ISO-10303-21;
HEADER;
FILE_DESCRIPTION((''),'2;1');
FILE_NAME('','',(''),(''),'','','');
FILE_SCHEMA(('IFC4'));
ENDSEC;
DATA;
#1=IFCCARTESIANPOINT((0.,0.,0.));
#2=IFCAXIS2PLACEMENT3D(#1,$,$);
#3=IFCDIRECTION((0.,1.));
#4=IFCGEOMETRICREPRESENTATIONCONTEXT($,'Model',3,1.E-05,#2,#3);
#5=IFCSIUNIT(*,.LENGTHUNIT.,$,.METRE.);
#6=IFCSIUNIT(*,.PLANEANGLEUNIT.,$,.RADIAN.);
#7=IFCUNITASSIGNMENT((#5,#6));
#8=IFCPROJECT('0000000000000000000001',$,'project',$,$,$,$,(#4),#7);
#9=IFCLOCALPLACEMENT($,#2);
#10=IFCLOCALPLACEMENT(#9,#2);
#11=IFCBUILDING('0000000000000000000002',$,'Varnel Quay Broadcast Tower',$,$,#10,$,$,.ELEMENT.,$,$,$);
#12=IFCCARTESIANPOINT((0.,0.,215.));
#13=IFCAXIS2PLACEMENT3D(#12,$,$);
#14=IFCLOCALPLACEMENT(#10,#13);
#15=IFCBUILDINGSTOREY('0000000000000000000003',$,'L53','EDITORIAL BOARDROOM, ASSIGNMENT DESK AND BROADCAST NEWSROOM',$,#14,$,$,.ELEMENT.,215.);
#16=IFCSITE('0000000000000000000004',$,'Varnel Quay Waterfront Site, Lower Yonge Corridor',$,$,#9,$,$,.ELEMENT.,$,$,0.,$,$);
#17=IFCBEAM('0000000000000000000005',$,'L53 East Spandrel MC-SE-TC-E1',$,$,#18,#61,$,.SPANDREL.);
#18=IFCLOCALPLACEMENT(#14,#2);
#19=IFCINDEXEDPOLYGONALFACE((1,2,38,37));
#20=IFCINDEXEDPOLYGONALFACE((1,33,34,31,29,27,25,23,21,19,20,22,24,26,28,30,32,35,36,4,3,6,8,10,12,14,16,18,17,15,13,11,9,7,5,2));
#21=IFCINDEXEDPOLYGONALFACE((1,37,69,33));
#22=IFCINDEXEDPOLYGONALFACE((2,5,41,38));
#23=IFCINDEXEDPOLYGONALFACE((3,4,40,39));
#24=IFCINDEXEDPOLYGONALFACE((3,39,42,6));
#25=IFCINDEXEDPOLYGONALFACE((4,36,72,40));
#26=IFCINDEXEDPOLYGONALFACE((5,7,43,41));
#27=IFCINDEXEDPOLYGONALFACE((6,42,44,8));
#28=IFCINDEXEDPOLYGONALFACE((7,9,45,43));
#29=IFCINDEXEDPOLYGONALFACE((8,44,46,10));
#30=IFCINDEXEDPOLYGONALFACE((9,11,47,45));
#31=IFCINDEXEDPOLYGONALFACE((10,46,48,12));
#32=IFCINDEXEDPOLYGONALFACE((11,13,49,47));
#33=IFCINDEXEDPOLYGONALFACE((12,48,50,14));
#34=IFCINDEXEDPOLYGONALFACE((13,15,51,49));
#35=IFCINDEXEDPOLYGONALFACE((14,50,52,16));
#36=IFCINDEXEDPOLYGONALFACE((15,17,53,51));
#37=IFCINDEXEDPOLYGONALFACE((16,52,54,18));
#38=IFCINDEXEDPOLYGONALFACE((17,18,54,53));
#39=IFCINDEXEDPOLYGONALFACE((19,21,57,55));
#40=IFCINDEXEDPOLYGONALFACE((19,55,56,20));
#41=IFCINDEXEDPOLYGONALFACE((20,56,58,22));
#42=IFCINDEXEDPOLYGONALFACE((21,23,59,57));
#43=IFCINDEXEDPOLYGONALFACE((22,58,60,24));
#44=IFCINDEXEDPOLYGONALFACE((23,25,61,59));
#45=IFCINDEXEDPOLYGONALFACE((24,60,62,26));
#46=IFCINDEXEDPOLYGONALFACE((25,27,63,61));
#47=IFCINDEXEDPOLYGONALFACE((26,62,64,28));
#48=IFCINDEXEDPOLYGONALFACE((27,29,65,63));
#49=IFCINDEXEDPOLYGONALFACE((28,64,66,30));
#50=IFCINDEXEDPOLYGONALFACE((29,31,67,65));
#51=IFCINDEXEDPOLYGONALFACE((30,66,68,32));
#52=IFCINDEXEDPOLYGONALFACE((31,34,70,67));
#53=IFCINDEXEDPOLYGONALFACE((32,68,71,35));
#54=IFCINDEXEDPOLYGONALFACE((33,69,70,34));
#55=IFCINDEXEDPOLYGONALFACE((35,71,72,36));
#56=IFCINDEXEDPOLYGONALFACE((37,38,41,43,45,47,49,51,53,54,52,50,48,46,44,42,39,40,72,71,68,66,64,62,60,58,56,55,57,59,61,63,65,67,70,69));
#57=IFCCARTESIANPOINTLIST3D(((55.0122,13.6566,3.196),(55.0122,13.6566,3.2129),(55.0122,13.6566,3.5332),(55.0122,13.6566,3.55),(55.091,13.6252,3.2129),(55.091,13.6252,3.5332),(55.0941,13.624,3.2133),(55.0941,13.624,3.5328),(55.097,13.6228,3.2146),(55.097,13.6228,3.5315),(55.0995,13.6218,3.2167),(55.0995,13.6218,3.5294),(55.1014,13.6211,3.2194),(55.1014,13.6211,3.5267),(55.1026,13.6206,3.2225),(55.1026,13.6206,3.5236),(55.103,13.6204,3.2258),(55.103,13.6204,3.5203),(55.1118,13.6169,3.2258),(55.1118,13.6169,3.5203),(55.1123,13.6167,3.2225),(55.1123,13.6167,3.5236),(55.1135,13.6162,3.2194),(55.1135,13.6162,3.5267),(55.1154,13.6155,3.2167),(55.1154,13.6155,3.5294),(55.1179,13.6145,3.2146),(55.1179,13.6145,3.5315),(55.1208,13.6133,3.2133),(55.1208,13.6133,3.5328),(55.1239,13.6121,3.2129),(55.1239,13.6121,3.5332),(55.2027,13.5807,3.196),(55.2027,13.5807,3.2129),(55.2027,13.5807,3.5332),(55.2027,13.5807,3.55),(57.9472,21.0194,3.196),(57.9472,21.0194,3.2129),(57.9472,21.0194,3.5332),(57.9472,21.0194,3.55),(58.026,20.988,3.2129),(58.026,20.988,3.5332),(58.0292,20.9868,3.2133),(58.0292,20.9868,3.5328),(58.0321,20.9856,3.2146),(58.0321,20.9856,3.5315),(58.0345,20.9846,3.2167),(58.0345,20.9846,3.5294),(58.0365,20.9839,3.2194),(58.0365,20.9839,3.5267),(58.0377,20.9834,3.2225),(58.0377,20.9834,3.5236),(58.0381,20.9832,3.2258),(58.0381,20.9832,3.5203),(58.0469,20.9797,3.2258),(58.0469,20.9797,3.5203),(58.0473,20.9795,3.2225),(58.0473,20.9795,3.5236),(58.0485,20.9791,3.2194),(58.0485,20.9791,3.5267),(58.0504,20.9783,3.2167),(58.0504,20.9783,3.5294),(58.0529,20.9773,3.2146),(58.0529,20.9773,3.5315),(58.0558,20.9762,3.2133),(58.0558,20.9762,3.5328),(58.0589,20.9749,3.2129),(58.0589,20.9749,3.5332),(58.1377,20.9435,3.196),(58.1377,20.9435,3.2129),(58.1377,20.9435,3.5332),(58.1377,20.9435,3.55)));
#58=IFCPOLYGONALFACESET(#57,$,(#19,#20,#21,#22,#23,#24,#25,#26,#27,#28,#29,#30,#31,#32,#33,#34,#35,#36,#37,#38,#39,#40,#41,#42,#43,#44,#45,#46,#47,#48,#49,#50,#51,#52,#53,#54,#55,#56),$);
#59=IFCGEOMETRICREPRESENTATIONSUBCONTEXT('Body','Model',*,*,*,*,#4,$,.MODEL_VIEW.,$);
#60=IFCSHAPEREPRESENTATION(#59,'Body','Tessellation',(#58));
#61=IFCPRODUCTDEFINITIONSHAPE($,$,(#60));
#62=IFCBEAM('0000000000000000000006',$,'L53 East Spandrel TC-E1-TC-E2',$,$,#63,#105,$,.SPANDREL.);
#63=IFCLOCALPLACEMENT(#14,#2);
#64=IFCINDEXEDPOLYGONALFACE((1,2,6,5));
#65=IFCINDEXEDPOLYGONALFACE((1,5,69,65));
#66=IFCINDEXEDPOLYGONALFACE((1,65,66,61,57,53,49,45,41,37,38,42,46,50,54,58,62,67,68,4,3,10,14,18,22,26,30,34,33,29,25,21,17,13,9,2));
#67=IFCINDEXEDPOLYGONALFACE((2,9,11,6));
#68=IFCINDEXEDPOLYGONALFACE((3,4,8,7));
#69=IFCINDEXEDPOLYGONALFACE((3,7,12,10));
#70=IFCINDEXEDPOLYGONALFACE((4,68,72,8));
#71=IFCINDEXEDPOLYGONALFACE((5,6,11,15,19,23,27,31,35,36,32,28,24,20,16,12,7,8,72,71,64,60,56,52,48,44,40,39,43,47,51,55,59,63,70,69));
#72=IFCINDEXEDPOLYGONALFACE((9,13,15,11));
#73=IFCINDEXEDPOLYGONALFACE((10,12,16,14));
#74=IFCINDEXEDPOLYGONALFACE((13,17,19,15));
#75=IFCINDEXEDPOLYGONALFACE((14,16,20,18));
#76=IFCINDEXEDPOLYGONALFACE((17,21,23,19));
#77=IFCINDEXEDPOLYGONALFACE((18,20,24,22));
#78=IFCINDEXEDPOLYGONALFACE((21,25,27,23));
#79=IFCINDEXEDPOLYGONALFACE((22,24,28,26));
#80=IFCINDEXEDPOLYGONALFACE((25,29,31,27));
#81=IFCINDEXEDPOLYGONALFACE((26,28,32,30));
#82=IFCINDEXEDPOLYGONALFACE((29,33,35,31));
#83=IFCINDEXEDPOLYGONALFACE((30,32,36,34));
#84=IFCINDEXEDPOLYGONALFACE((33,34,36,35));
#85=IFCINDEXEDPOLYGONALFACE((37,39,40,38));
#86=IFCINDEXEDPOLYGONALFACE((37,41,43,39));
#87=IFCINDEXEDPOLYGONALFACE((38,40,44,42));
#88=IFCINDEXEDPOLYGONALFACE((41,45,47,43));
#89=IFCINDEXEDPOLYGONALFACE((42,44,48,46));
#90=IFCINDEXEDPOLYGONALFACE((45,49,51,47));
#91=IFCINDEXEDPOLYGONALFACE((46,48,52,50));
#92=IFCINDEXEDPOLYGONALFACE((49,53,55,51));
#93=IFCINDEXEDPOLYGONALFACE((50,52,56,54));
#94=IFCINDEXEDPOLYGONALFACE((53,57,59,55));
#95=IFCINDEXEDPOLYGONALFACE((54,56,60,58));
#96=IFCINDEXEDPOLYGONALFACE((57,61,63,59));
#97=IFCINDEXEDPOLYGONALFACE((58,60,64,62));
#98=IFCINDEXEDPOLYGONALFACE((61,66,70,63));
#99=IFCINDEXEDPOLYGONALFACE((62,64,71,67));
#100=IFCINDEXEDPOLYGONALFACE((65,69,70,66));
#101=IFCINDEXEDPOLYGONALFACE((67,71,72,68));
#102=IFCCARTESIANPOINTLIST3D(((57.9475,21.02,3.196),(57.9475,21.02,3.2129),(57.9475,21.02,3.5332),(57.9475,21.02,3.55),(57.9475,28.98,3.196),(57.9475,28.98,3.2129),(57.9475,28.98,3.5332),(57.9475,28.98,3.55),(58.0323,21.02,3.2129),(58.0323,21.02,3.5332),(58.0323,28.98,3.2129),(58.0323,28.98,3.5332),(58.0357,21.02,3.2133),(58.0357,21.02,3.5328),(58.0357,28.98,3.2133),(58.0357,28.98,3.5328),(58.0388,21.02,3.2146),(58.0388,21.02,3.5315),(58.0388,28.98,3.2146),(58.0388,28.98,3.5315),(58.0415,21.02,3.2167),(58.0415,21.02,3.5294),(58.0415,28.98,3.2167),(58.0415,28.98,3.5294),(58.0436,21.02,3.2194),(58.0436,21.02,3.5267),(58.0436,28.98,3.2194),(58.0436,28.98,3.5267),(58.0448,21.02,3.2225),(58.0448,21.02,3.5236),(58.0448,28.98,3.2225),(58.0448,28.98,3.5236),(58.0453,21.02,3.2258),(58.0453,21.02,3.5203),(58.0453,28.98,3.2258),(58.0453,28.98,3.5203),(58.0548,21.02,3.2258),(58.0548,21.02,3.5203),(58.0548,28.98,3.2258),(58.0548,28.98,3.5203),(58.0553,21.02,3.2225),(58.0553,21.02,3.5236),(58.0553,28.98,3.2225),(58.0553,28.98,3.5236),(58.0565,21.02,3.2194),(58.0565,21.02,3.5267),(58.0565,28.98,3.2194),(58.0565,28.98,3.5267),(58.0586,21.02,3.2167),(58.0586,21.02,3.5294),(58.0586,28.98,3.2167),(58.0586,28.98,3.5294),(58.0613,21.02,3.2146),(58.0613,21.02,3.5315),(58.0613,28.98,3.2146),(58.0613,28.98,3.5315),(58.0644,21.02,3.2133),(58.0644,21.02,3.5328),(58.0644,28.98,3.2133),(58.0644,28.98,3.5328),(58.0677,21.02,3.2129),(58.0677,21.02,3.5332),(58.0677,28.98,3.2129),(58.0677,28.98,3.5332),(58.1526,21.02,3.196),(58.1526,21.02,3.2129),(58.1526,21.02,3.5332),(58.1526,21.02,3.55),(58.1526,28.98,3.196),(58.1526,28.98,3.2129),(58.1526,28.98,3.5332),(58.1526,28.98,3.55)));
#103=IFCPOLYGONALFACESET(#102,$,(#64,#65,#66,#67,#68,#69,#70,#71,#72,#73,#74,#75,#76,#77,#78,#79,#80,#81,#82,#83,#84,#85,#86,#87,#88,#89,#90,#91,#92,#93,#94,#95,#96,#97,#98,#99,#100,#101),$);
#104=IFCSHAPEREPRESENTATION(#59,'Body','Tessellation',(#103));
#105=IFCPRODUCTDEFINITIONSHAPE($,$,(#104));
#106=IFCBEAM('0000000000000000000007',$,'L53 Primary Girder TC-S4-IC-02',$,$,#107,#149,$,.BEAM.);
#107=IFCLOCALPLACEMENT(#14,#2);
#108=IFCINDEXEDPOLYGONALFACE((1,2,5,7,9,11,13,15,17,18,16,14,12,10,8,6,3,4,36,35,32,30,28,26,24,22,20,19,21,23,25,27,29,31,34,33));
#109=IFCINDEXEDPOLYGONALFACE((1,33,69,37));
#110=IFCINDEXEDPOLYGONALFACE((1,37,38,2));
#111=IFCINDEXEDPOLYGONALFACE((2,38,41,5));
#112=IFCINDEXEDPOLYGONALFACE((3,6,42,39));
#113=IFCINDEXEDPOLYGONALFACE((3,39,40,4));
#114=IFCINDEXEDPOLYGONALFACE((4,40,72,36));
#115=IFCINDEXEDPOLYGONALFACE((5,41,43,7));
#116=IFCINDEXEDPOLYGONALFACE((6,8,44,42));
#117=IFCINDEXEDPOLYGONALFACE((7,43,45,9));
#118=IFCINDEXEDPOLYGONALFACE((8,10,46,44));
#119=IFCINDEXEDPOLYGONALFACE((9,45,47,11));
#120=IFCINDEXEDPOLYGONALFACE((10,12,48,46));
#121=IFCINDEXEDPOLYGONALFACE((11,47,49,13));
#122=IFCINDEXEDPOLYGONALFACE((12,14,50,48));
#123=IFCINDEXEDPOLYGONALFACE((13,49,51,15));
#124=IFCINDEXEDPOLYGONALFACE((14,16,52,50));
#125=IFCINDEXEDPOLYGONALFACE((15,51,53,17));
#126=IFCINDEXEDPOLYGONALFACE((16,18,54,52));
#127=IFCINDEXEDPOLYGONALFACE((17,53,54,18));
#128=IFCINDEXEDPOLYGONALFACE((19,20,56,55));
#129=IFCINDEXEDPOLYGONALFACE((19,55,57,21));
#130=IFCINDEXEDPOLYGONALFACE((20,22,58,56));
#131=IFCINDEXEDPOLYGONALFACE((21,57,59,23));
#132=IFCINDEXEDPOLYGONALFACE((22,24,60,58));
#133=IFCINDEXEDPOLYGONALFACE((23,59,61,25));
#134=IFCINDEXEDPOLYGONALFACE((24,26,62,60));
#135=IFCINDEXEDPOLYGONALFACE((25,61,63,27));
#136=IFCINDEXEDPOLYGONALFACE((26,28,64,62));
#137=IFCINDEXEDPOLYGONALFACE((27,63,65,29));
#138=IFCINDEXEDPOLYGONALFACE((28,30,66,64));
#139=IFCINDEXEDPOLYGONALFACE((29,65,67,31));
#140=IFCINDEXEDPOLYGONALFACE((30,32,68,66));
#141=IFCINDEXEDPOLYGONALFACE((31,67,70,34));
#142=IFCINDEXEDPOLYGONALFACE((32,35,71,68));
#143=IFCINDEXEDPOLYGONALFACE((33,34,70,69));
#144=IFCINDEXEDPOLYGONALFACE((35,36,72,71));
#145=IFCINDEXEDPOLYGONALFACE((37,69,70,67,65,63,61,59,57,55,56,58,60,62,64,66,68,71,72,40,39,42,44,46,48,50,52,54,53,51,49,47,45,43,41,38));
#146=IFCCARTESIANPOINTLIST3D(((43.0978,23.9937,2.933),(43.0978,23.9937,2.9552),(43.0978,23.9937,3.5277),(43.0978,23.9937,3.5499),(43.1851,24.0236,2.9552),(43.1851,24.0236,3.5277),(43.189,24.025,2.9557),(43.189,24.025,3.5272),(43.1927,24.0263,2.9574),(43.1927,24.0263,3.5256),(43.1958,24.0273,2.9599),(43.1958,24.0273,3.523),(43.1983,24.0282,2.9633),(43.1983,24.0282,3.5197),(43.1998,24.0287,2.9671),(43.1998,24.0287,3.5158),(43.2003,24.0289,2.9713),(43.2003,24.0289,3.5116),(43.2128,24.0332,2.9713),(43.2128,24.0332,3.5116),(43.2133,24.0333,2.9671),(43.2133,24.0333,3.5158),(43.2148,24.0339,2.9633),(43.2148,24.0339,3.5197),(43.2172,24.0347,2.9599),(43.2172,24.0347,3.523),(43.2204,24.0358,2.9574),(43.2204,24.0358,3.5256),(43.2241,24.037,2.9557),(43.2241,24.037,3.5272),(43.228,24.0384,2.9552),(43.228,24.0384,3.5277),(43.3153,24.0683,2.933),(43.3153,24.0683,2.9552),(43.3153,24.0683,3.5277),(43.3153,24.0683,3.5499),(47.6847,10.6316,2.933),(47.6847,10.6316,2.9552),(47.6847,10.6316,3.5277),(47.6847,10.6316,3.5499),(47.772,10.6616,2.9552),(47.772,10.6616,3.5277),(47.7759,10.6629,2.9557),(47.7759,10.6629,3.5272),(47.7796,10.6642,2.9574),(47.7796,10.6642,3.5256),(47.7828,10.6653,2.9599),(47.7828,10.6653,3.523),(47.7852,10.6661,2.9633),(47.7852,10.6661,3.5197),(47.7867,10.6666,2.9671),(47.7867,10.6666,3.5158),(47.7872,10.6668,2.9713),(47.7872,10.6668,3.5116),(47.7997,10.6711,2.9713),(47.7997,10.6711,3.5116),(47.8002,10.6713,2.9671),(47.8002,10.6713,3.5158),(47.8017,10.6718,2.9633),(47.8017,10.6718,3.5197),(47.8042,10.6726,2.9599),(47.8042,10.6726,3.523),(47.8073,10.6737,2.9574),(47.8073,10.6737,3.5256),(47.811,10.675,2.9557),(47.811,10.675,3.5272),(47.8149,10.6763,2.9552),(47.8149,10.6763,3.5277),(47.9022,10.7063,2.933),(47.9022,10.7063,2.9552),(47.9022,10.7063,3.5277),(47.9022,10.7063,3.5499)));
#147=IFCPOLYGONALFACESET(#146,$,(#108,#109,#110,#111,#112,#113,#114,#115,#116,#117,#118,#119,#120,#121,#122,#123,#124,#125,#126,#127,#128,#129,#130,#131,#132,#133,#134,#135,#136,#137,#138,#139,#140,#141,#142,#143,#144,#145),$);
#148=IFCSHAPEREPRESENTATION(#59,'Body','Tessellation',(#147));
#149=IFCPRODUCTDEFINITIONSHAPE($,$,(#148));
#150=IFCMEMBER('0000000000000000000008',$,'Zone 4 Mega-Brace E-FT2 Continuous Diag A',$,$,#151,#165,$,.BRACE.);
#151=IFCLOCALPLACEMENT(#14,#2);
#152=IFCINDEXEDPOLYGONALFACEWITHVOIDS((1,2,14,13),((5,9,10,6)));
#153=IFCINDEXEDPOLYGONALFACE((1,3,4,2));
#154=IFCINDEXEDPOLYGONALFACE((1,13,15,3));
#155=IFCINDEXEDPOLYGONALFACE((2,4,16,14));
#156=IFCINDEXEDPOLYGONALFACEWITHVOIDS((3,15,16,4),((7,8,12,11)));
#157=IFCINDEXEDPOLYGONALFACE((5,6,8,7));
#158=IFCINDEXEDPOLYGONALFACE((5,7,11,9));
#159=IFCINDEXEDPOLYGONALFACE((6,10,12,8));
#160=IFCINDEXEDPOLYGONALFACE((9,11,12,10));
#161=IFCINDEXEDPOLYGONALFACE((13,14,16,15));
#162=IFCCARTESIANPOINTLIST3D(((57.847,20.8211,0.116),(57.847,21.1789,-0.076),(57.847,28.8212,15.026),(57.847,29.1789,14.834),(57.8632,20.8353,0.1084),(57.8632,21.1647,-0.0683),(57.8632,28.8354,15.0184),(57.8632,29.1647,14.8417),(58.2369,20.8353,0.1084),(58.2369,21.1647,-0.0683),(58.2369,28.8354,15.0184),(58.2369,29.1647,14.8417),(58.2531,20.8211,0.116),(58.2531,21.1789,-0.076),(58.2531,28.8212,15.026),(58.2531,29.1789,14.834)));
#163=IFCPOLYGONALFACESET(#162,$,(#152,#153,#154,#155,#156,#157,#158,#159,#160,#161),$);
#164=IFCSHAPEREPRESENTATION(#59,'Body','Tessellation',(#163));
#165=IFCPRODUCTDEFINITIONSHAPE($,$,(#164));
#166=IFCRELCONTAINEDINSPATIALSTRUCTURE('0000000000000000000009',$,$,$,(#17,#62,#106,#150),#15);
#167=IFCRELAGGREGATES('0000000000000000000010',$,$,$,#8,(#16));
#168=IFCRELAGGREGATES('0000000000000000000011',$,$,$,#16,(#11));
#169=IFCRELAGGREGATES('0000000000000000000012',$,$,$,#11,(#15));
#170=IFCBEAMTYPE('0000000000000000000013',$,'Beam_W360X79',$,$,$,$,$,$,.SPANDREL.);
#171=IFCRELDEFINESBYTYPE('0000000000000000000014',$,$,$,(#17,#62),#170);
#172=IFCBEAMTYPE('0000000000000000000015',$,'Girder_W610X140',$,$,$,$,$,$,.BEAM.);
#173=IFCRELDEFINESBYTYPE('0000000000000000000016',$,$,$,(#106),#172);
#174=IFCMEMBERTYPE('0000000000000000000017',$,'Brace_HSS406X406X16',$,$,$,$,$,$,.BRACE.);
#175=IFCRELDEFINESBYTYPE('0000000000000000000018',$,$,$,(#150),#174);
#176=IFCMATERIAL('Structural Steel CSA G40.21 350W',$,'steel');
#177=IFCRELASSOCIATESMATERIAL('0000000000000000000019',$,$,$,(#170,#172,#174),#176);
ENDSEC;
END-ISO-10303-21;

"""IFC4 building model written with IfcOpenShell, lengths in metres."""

from ifc_helpers import new_model, si_unit, direction, frame, origin, origin_2d, place, context, subcontext, project, spatial, hollow_rectangle, i_section, extrude, source, transform, mapped, material, material_profile, profile_set, type_object, type_shapes, element, save


model = new_model("IFC4")

# Units and contexts
model_context = context("Model", 3, precision=1e-05, world=origin(), true_north=direction((0.0, 1.0)))
body_context = subcontext(model_context, "Body", "Model", "MODEL_VIEW")
ifc_project = project(units=[si_unit("LENGTHUNIT", "METRE"), si_unit("PLANEANGLEUNIT", "RADIAN")], contexts=[model_context])

# Site, building, storey
site_placement = place(None, origin())
site = spatial("IfcSite", under=ifc_project, at=site_placement, Name="Varnel Quay Waterfront Site, Lower Yonge Corridor", CompositionType="ELEMENT", RefElevation=0.0)
building_placement = place(site_placement, origin())
building = spatial("IfcBuilding", under=site, at=building_placement, Name="Varnel Quay Broadcast Tower", CompositionType="ELEMENT")
storey_placement = place(building_placement, frame((0.0, 0.0, 215.0)))
storey = spatial("IfcBuildingStorey", under=building, at=storey_placement, Name="L53", Description="EDITORIAL BOARDROOM, ASSIGNMENT DESK AND BROADCAST NEWSROOM", CompositionType="ELEMENT", Elevation=215.0)

# Shared definitions
ifc_material_1 = material(Name="Structural Steel CSA G40.21 350W", Category="steel")

# Beams
ifc_material_profile_1 = material_profile(ifc_material_1, i_section(OverallWidth=0.2051, OverallDepth=0.354, WebThickness=0.0095, FlangeThickness=0.0168, FilletRadius=0.0129, at=origin_2d()), Name="W360X79")
ifc_profile_set_1 = profile_set([ifc_material_profile_1], Name="Structural Steel CSA G40.21 350W")
beam_type_1 = type_object("IfcBeamType", Name="Beam_W360X79", PredefinedType="SPANDREL", material=ifc_profile_set_1)
shared_shape_1 = source(origin(), body_context, "Body", "SweptSolid", [
    extrude(i_section(OverallWidth=0.2051, OverallDepth=0.354, WebThickness=0.0095, FlangeThickness=0.0168, FilletRadius=0.0129, at=origin_2d()), origin(), (0.0, 0.0, 1.0), 7.9263),
])
beam_1_placement = place(storey_placement, frame((55.1074, 13.6187, 3.373), z_axis=(0.370296, 0.928914, 0.0), x_axis=(-0.928914, 0.370296, 0.0)))
element("IfcBeam", 1, at=beam_1_placement, inside=storey, type_object=beam_type_1, Name="L53 East Spandrel MC-SE-TC-E1", PredefinedType="SPANDREL", context=body_context, shape_type="MappedRepresentation", body=[
    mapped(shared_shape_1, transform((0.0, 0.0, 0.0), x_axis=(1.0, 0.0, 0.0), y_axis=(0.0, 1.0, 0.0), z_axis=(0.0, 0.0, 1.0), scale=1.0)),
])
shared_shape_2 = source(origin(), body_context, "Body", "SweptSolid", [
    extrude(i_section(OverallWidth=0.2051, OverallDepth=0.354, WebThickness=0.0095, FlangeThickness=0.0168, FilletRadius=0.0129, at=origin_2d()), origin(), (0.0, 0.0, 1.0), 7.96),
])
beam_2_placement = place(storey_placement, frame((58.05, 21.02, 3.373), z_axis=(0.0, 1.0, 0.0), x_axis=(-1.0, 0.0, 0.0)))
element("IfcBeam", 2, at=beam_2_placement, inside=storey, type_object=beam_type_1, Name="L53 East Spandrel TC-E1-TC-E2", PredefinedType="SPANDREL", context=body_context, shape_type="MappedRepresentation", body=[
    mapped(shared_shape_2, transform((0.0, 0.0, 0.0), x_axis=(1.0, 0.0, 0.0), y_axis=(0.0, 1.0, 0.0), z_axis=(0.0, 0.0, 1.0), scale=1.0)),
])
ifc_material_profile_2 = material_profile(ifc_material_1, i_section(OverallWidth=0.23, OverallDepth=0.6169, WebThickness=0.0132, FlangeThickness=0.0222, FilletRadius=0.0161, at=origin_2d()), Name="W610X140")
ifc_profile_set_2 = profile_set([ifc_material_profile_2], Name="Structural Steel CSA G40.21 350W")
beam_type_2 = type_object("IfcBeamType", Name="Girder_W610X140", PredefinedType="BEAM", material=ifc_profile_set_2)
shared_shape_3 = source(origin(), body_context, "Body", "SweptSolid", [
    extrude(i_section(OverallWidth=0.23, OverallDepth=0.6169, WebThickness=0.0132, FlangeThickness=0.0222, FilletRadius=0.0161, at=origin_2d()), origin(), (0.0, 0.0, 1.0), 14.1274),
])
type_shapes(beam_type_2, [shared_shape_3])
beam_3_placement = place(storey_placement, frame((47.7935, 10.6689, 3.2415), z_axis=(-0.324681, 0.945823, 0.0), x_axis=(-0.945823, -0.324681, 0.0)))
element("IfcBeam", 3, at=beam_3_placement, inside=storey, type_object=beam_type_2, Name="L53 Primary Girder TC-S4-IC-02", PredefinedType="BEAM", context=body_context, shape_type="MappedRepresentation", body=[
    mapped(shared_shape_3, transform((0.0, 0.0, 0.0), x_axis=(1.0, 0.0, 0.0), y_axis=(0.0, 1.0, 0.0), z_axis=(0.0, 0.0, 1.0), scale=1.0)),
])

# Member
ifc_material_profile_3 = material_profile(ifc_material_1, hollow_rectangle(XDim=0.406, YDim=0.406, WallThickness=0.0161, at=origin_2d()), Name="HSS406X406X16")
ifc_profile_set_3 = profile_set([ifc_material_profile_3], Name="Structural Steel CSA G40.21 350W")
member_type_1 = type_object("IfcMemberType", Name="Brace_HSS406X406X16", PredefinedType="BRACE", material=ifc_profile_set_3)
shared_shape_4 = source(origin(), body_context, "Body", "SweptSolid", [
    extrude(hollow_rectangle(XDim=0.406, YDim=0.406, WallThickness=0.0161, at=origin_2d()), origin(), (0.0, 0.0, 1.0), 16.9207),
])
type_shapes(member_type_1, [shared_shape_4])
member_1_placement = place(storey_placement, frame((58.05, 21.0, 0.02), z_axis=(0.0, 0.472797, 0.881171), x_axis=(-1.0, 0.0, 0.0)))
element("IfcMember", 4, at=member_1_placement, inside=storey, type_object=member_type_1, Name="Zone 4 Mega-Brace E-FT2 Continuous Diag A", PredefinedType="BRACE", context=body_context, shape_type="MappedRepresentation", body=[
    mapped(shared_shape_4, transform((0.0, 0.0, 0.0), x_axis=(1.0, 0.0, 0.0), y_axis=(0.0, 1.0, 0.0), z_axis=(0.0, 0.0, 1.0), scale=1.0)),
])

save(model, "model.ifc")
